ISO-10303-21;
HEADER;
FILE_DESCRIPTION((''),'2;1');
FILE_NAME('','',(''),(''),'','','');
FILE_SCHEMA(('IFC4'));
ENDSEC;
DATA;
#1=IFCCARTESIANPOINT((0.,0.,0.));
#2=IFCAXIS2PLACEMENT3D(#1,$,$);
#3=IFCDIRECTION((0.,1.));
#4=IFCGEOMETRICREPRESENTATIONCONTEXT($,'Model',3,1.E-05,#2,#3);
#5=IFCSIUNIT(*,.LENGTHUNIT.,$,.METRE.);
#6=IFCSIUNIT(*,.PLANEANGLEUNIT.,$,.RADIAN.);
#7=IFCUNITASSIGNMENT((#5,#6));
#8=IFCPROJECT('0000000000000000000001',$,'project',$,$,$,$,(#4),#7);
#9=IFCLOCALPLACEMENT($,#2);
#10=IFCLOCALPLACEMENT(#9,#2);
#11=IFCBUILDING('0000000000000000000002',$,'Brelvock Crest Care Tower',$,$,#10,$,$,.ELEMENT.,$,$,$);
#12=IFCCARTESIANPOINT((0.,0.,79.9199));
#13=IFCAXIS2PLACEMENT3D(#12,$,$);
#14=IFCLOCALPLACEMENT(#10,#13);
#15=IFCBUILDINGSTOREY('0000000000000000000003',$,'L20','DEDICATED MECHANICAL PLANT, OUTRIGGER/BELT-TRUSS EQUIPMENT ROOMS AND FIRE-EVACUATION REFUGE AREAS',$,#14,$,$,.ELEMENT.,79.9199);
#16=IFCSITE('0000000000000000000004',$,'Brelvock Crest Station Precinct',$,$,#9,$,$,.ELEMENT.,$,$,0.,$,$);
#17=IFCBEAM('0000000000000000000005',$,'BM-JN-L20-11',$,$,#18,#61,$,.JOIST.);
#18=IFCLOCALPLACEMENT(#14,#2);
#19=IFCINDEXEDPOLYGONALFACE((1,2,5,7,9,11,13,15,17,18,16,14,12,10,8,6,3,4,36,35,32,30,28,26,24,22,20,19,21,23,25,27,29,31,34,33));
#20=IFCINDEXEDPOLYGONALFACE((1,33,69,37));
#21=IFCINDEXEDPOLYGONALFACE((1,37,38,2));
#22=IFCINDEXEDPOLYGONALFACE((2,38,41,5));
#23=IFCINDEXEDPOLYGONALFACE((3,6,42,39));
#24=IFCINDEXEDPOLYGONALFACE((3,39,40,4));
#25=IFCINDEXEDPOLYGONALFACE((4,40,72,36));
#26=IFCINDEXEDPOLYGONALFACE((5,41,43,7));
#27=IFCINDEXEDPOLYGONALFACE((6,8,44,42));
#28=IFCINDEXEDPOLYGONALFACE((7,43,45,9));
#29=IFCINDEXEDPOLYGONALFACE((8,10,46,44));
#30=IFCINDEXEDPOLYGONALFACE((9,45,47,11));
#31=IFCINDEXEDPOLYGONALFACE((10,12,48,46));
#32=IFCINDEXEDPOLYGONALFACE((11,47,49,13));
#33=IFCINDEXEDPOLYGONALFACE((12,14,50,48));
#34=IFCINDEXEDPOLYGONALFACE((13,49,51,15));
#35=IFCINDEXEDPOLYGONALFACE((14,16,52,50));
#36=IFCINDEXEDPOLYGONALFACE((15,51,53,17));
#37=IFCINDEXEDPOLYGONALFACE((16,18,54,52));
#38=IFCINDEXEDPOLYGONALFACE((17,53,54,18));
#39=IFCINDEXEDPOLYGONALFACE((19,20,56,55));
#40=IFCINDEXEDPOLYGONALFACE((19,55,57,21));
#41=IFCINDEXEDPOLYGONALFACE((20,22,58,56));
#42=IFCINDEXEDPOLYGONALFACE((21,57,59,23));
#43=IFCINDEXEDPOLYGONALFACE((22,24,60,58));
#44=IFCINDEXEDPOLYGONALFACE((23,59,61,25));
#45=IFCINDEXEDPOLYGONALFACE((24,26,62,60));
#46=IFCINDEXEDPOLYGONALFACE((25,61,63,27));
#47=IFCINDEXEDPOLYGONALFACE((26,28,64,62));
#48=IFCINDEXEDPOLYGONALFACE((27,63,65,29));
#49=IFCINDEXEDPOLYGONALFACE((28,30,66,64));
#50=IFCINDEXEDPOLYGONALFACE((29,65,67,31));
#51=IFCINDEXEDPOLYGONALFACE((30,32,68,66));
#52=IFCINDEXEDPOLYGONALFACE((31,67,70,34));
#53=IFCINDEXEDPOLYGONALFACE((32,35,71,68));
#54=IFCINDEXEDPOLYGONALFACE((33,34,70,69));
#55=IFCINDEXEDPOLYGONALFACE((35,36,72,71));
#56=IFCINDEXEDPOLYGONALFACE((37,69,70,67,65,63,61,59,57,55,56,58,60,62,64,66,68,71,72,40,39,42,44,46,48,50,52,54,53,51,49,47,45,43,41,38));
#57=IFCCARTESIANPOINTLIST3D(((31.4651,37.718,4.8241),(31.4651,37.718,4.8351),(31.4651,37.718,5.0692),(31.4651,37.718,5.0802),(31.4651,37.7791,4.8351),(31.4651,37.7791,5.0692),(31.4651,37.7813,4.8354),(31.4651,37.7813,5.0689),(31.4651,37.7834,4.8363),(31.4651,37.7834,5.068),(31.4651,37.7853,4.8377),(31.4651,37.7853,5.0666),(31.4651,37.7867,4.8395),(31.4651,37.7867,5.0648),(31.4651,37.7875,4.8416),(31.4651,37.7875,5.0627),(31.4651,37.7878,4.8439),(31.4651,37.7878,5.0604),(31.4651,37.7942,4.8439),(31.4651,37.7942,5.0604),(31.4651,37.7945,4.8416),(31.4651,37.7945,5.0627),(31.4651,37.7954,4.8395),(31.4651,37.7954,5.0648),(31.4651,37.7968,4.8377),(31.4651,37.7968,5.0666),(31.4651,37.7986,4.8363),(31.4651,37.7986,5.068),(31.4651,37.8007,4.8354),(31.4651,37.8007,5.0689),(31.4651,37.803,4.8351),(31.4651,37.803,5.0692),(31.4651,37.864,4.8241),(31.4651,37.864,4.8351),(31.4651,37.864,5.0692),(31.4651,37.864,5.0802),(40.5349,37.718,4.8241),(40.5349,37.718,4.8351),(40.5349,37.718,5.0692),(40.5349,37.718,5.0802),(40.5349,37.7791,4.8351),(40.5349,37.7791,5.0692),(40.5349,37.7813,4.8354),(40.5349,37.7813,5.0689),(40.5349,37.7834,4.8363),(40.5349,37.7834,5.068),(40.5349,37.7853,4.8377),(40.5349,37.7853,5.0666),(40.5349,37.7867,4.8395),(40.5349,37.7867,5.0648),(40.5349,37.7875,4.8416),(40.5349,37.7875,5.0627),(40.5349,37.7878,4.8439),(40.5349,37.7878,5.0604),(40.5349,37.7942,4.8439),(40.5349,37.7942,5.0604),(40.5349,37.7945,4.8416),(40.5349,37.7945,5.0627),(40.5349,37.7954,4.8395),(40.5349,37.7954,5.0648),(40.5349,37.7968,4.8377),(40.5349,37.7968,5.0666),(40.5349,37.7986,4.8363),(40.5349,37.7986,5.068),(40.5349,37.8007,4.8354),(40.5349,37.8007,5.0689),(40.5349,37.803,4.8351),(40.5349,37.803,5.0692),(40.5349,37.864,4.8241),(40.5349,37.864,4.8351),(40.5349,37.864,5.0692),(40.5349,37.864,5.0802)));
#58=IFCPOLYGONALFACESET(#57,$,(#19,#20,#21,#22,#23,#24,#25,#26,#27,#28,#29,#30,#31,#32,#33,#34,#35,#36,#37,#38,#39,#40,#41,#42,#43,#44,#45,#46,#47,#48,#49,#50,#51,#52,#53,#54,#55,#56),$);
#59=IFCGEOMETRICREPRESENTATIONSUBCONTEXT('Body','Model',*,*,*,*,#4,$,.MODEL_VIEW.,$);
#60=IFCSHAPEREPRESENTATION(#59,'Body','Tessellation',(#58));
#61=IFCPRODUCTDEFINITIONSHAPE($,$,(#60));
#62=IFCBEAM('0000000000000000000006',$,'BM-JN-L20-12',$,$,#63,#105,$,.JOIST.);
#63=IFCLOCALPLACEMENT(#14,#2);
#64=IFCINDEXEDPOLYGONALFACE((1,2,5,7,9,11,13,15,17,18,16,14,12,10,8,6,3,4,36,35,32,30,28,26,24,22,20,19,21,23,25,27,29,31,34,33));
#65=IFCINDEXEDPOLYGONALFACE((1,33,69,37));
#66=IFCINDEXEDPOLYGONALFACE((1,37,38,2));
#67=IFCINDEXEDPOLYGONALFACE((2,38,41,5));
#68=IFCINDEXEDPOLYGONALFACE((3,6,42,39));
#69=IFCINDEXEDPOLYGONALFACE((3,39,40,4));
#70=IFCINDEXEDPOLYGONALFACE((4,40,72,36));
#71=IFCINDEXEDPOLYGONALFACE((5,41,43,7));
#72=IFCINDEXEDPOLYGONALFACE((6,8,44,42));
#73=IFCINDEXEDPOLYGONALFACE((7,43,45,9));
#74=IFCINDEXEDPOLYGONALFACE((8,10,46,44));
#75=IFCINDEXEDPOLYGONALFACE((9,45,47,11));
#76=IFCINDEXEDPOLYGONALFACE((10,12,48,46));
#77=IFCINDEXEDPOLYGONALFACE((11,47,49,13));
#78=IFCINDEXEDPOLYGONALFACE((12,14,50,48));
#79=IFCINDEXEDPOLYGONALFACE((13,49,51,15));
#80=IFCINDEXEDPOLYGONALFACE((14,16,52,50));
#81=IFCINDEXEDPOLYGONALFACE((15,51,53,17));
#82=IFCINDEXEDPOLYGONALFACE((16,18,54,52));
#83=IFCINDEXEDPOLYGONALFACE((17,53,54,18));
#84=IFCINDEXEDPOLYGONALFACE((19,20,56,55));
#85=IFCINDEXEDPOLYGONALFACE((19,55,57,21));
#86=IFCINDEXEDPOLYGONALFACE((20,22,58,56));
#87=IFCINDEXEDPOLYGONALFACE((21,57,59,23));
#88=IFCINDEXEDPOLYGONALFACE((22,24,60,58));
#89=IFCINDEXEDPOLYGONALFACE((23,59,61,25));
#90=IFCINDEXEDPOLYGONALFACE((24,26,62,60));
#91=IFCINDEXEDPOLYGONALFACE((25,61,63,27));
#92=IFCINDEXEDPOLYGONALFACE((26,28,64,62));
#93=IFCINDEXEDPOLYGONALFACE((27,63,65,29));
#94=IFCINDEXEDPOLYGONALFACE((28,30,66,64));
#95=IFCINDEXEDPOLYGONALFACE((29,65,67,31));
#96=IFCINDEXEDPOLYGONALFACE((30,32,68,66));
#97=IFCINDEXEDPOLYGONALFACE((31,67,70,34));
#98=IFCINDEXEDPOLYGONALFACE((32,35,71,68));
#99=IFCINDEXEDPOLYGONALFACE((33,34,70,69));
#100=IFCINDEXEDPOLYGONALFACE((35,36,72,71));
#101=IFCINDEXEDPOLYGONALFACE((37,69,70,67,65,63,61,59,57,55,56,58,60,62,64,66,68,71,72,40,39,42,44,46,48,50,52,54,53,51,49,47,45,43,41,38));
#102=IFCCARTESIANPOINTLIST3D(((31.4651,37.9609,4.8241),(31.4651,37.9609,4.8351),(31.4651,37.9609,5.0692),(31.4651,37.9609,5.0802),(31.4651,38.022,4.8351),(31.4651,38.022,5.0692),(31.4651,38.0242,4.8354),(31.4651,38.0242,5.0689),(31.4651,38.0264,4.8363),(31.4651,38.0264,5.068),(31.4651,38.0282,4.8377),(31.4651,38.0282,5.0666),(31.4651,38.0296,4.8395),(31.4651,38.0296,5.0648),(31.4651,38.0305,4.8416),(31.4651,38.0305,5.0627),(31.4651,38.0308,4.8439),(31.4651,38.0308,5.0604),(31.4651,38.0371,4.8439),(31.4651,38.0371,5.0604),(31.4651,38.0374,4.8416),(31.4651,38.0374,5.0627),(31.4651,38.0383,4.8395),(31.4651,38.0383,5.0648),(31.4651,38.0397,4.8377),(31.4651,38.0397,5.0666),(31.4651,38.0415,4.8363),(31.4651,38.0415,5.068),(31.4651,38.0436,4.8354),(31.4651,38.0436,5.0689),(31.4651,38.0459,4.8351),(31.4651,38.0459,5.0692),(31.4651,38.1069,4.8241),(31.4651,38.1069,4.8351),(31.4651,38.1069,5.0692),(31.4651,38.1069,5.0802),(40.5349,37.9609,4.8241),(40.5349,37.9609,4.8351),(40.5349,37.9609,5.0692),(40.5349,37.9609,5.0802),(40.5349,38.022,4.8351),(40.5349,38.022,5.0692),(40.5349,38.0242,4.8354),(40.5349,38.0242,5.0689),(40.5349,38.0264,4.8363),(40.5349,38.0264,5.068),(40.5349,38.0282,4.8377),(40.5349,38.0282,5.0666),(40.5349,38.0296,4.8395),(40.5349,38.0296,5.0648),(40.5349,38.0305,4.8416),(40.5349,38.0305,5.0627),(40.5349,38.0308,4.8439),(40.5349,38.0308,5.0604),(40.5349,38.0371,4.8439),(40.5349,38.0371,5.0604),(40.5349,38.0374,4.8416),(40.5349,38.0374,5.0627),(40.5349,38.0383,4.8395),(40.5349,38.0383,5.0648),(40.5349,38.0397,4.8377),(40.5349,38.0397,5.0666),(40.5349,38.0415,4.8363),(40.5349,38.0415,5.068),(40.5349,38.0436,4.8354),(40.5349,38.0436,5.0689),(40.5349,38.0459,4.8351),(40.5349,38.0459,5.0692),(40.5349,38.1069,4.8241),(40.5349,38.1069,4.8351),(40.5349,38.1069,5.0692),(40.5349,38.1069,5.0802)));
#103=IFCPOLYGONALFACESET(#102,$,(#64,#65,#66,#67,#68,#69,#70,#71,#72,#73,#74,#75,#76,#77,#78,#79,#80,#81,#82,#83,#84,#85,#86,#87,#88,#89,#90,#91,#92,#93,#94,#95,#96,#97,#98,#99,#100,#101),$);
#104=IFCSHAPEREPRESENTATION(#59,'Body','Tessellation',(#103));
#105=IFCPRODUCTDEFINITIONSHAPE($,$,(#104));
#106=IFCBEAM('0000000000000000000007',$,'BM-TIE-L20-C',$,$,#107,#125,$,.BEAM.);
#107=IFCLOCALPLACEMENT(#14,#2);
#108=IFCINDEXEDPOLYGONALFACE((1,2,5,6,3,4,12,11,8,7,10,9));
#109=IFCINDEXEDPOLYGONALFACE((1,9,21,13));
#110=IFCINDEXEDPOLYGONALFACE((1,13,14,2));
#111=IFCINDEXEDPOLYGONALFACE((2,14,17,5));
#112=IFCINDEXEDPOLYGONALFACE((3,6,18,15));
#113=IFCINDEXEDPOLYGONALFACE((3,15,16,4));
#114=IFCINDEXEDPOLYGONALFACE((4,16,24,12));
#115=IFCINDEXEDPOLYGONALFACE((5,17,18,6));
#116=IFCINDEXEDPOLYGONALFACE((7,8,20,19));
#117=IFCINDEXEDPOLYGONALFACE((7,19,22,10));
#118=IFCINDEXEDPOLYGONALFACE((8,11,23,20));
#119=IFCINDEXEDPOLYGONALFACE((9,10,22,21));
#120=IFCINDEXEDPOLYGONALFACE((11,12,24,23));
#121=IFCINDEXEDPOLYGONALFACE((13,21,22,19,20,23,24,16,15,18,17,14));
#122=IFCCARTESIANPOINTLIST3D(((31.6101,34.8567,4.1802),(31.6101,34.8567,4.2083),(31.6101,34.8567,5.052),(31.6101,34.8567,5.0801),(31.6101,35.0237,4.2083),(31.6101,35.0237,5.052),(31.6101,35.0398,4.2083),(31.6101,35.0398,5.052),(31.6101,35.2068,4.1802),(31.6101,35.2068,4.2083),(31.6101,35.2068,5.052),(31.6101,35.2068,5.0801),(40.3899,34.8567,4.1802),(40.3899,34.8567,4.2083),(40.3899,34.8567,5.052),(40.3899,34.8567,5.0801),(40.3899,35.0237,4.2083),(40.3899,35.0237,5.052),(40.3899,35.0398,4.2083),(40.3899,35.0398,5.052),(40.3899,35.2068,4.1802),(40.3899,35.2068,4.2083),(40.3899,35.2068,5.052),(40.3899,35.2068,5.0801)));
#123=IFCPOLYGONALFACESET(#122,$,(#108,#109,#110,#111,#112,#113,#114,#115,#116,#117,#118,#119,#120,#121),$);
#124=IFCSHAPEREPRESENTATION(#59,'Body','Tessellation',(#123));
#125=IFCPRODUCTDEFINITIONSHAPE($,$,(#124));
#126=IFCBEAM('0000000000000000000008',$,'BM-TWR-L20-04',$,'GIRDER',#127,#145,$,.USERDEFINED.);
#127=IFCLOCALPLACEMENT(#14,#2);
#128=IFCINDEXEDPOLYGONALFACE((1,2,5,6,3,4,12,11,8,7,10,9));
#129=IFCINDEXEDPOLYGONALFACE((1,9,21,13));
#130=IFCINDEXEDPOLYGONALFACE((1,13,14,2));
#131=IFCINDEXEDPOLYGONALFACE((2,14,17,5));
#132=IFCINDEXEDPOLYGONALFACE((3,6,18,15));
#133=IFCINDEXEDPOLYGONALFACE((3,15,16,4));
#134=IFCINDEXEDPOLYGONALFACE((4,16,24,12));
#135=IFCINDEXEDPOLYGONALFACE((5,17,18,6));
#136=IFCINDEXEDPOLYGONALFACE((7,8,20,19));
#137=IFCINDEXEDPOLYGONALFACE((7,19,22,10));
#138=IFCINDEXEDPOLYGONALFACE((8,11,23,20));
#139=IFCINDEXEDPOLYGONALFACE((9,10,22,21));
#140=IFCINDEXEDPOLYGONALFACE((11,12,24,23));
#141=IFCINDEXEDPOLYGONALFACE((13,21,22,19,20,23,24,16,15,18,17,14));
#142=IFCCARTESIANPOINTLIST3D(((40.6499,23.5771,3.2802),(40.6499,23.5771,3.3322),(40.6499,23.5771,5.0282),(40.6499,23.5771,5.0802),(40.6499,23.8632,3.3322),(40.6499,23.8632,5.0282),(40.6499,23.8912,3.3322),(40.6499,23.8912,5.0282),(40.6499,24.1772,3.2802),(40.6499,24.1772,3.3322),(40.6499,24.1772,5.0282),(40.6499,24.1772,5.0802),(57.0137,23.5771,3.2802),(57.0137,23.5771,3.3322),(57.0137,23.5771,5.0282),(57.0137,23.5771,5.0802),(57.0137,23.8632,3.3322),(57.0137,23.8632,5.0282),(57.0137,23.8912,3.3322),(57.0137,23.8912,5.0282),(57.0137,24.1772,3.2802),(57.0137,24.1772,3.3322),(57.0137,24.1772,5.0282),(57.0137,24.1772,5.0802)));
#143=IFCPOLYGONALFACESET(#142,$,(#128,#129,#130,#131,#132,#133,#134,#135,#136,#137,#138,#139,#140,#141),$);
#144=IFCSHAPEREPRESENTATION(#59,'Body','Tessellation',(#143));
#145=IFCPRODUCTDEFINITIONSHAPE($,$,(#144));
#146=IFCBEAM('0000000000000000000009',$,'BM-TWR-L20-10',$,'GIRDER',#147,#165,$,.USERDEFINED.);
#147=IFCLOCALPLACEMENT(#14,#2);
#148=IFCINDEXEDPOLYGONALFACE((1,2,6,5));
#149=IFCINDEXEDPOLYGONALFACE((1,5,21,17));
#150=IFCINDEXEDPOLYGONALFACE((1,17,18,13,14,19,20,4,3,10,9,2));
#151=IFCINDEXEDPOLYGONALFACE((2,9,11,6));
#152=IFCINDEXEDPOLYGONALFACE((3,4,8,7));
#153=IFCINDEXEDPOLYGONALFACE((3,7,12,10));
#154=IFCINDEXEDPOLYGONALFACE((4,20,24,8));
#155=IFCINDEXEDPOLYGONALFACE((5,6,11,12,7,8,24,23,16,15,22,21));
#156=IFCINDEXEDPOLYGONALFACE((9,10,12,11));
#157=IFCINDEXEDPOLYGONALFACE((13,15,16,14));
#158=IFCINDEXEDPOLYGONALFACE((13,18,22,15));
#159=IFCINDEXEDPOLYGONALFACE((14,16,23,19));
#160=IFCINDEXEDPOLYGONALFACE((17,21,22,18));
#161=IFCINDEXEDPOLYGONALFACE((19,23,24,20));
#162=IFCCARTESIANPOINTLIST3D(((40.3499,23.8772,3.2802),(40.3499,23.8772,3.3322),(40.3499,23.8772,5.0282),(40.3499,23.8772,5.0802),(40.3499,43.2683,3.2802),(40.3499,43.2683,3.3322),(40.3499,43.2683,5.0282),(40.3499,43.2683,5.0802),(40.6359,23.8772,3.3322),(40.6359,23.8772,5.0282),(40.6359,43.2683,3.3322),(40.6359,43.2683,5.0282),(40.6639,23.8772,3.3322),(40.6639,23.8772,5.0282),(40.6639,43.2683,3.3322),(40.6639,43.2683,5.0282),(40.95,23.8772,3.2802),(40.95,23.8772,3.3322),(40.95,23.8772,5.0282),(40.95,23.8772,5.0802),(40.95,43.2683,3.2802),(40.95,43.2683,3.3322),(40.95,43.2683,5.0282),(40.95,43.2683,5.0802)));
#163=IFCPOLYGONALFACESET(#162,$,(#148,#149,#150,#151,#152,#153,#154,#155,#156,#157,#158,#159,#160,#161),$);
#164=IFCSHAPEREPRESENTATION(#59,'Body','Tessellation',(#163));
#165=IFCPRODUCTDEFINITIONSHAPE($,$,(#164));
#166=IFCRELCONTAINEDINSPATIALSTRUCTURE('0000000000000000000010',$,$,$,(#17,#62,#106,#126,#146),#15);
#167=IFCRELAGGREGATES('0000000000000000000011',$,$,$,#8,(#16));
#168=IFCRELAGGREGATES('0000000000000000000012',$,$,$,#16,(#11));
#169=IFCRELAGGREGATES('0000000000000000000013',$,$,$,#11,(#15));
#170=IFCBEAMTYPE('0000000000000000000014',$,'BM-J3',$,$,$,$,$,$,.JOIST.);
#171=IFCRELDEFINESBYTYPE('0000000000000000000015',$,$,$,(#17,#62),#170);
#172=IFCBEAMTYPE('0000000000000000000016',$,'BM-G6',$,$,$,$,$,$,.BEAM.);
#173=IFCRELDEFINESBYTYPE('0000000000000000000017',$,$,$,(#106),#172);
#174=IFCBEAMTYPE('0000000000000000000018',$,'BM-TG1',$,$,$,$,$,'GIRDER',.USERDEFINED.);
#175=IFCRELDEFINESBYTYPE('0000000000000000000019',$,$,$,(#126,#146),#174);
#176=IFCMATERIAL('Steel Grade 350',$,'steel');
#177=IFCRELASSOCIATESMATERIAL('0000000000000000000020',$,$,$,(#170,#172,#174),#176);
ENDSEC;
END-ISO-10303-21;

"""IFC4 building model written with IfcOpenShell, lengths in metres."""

from ifc_helpers import new_model, si_unit, direction, frame, origin, origin_2d, place, context, subcontext, project, spatial, i_section, extrude, source, transform, mapped, material, material_profile, profile_set, type_object, element, save


model = new_model("IFC4")

# Units and contexts
model_context = context("Model", 3, precision=1e-05, world=origin(), true_north=direction((0.0, 1.0)))
body_context = subcontext(model_context, "Body", "Model", "MODEL_VIEW")
ifc_project = project(units=[si_unit("LENGTHUNIT", "METRE"), si_unit("PLANEANGLEUNIT", "RADIAN")], contexts=[model_context])

# Site, building, storey
site_placement = place(None, origin())
site = spatial("IfcSite", under=ifc_project, at=site_placement, Name="Brelvock Crest Station Precinct", CompositionType="ELEMENT", RefElevation=0.0)
building_placement = place(site_placement, origin())
building = spatial("IfcBuilding", under=site, at=building_placement, Name="Brelvock Crest Care Tower", CompositionType="ELEMENT")
storey_placement = place(building_placement, frame((0.0, 0.0, 79.9199)))
storey = spatial("IfcBuildingStorey", under=building, at=storey_placement, Name="L20", Description="DEDICATED MECHANICAL PLANT, OUTRIGGER/BELT-TRUSS EQUIPMENT ROOMS AND FIRE-EVACUATION REFUGE AREAS", CompositionType="ELEMENT", Elevation=79.9199)

# Shared definitions
ifc_material_1 = material(Name="Steel Grade 350", Category="steel")

# Beams
ifc_material_profile_1 = material_profile(ifc_material_1, i_section(OverallWidth=0.146, OverallDepth=0.2561, WebThickness=0.0063, FlangeThickness=0.011, FilletRadius=0.0088, at=origin_2d()), Name="250UB37.3")
ifc_profile_set_1 = profile_set([ifc_material_profile_1], Name="Steel Grade 350")
beam_type_1 = type_object("IfcBeamType", Name="BM-J3", PredefinedType="JOIST", material=ifc_profile_set_1)
shared_shape_1 = source(origin(), body_context, "Body", "SweptSolid", [
    extrude(i_section(OverallWidth=0.146, OverallDepth=0.2561, WebThickness=0.0063, FlangeThickness=0.011, FilletRadius=0.0088, at=origin_2d()), origin(), (0.0, 0.0, 1.0), 9.0698),
])
for number, where, z_axis, x_axis, name in (
    (1, (31.4651, 37.791, 4.9521), (1.0, 0.0, 0.0), (0.0, 1.0, 0.0), "BM-JN-L20-11"),
    (2, (31.4651, 38.0339, 4.9521), (1.0, 0.0, 0.0), (0.0, 1.0, 0.0), "BM-JN-L20-12"),
):
    element("IfcBeam", number, at=place(storey_placement, frame(where, z_axis=z_axis, x_axis=x_axis)), inside=storey, type_object=beam_type_1, Name=name, PredefinedType="JOIST", context=body_context, shape_type="MappedRepresentation", body=[
        mapped(shared_shape_1, transform((0.0, 0.0, 0.0), x_axis=(1.0, 0.0, 0.0), y_axis=(0.0, 1.0, 0.0), z_axis=(0.0, 0.0, 1.0), scale=1.0)),
    ])
ifc_material_profile_2 = material_profile(ifc_material_1, i_section(OverallWidth=0.3501, OverallDepth=0.8999, WebThickness=0.0161, FlangeThickness=0.0281, at=origin_2d()), Name="900WB257")
ifc_profile_set_2 = profile_set([ifc_material_profile_2], Name="Steel Grade 350")
beam_type_2 = type_object("IfcBeamType", Name="BM-G6", PredefinedType="BEAM", material=ifc_profile_set_2)
shared_shape_2 = source(origin(), body_context, "Body", "SweptSolid", [
    extrude(i_section(OverallWidth=0.3501, OverallDepth=0.8999, WebThickness=0.0161, FlangeThickness=0.0281, at=origin_2d()), origin(), (0.0, 0.0, 1.0), 8.7798),
])
beam_1_placement = place(storey_placement, frame((31.6101, 35.0317, 4.6301), z_axis=(1.0, 0.0, 0.0), x_axis=(0.0, 1.0, 0.0)))
element("IfcBeam", 3, at=beam_1_placement, inside=storey, type_object=beam_type_2, Name="BM-TIE-L20-C", PredefinedType="BEAM", context=body_context, shape_type="MappedRepresentation", body=[
    mapped(shared_shape_2, transform((0.0, 0.0, 0.0), x_axis=(1.0, 0.0, 0.0), y_axis=(0.0, 1.0, 0.0), z_axis=(0.0, 0.0, 1.0), scale=1.0)),
])
ifc_material_profile_3 = material_profile(ifc_material_1, i_section(OverallWidth=0.6001, OverallDepth=1.8, WebThickness=0.0281, FlangeThickness=0.052, at=origin_2d()), Name="1800TG740")
ifc_profile_set_3 = profile_set([ifc_material_profile_3], Name="Steel Grade 350")
beam_type_3 = type_object("IfcBeamType", Name="BM-TG1", ElementType="GIRDER", PredefinedType="USERDEFINED", material=ifc_profile_set_3)
shared_shape_3 = source(origin(), body_context, "Body", "SweptSolid", [
    extrude(i_section(OverallWidth=0.6001, OverallDepth=1.8, WebThickness=0.0281, FlangeThickness=0.052, at=origin_2d()), origin(), (0.0, 0.0, 1.0), 16.3638),
])
beam_2_placement = place(storey_placement, frame((40.6499, 23.8772, 4.1802), z_axis=(1.0, 0.0, 0.0), x_axis=(0.0, 1.0, 0.0)))
element("IfcBeam", 4, at=beam_2_placement, inside=storey, type_object=beam_type_3, Name="BM-TWR-L20-04", ObjectType="GIRDER", PredefinedType="USERDEFINED", context=body_context, shape_type="MappedRepresentation", body=[
    mapped(shared_shape_3, transform((0.0, 0.0, 0.0), x_axis=(1.0, 0.0, 0.0), y_axis=(0.0, 1.0, 0.0), z_axis=(0.0, 0.0, 1.0), scale=1.0)),
])
shared_shape_4 = source(origin(), body_context, "Body", "SweptSolid", [
    extrude(i_section(OverallWidth=0.6001, OverallDepth=1.8, WebThickness=0.0281, FlangeThickness=0.052, at=origin_2d()), origin(), (0.0, 0.0, 1.0), 19.3911),
])
beam_3_placement = place(storey_placement, frame((40.6499, 23.8772, 4.1802), z_axis=(0.0, 1.0, 0.0), x_axis=(-1.0, 0.0, 0.0)))
element("IfcBeam", 5, at=beam_3_placement, inside=storey, type_object=beam_type_3, Name="BM-TWR-L20-10", ObjectType="GIRDER", PredefinedType="USERDEFINED", context=body_context, shape_type="MappedRepresentation", body=[
    mapped(shared_shape_4, transform((0.0, 0.0, 0.0), x_axis=(1.0, 0.0, 0.0), y_axis=(0.0, 1.0, 0.0), z_axis=(0.0, 0.0, 1.0), scale=1.0)),
])

save(model, "model.ifc")
